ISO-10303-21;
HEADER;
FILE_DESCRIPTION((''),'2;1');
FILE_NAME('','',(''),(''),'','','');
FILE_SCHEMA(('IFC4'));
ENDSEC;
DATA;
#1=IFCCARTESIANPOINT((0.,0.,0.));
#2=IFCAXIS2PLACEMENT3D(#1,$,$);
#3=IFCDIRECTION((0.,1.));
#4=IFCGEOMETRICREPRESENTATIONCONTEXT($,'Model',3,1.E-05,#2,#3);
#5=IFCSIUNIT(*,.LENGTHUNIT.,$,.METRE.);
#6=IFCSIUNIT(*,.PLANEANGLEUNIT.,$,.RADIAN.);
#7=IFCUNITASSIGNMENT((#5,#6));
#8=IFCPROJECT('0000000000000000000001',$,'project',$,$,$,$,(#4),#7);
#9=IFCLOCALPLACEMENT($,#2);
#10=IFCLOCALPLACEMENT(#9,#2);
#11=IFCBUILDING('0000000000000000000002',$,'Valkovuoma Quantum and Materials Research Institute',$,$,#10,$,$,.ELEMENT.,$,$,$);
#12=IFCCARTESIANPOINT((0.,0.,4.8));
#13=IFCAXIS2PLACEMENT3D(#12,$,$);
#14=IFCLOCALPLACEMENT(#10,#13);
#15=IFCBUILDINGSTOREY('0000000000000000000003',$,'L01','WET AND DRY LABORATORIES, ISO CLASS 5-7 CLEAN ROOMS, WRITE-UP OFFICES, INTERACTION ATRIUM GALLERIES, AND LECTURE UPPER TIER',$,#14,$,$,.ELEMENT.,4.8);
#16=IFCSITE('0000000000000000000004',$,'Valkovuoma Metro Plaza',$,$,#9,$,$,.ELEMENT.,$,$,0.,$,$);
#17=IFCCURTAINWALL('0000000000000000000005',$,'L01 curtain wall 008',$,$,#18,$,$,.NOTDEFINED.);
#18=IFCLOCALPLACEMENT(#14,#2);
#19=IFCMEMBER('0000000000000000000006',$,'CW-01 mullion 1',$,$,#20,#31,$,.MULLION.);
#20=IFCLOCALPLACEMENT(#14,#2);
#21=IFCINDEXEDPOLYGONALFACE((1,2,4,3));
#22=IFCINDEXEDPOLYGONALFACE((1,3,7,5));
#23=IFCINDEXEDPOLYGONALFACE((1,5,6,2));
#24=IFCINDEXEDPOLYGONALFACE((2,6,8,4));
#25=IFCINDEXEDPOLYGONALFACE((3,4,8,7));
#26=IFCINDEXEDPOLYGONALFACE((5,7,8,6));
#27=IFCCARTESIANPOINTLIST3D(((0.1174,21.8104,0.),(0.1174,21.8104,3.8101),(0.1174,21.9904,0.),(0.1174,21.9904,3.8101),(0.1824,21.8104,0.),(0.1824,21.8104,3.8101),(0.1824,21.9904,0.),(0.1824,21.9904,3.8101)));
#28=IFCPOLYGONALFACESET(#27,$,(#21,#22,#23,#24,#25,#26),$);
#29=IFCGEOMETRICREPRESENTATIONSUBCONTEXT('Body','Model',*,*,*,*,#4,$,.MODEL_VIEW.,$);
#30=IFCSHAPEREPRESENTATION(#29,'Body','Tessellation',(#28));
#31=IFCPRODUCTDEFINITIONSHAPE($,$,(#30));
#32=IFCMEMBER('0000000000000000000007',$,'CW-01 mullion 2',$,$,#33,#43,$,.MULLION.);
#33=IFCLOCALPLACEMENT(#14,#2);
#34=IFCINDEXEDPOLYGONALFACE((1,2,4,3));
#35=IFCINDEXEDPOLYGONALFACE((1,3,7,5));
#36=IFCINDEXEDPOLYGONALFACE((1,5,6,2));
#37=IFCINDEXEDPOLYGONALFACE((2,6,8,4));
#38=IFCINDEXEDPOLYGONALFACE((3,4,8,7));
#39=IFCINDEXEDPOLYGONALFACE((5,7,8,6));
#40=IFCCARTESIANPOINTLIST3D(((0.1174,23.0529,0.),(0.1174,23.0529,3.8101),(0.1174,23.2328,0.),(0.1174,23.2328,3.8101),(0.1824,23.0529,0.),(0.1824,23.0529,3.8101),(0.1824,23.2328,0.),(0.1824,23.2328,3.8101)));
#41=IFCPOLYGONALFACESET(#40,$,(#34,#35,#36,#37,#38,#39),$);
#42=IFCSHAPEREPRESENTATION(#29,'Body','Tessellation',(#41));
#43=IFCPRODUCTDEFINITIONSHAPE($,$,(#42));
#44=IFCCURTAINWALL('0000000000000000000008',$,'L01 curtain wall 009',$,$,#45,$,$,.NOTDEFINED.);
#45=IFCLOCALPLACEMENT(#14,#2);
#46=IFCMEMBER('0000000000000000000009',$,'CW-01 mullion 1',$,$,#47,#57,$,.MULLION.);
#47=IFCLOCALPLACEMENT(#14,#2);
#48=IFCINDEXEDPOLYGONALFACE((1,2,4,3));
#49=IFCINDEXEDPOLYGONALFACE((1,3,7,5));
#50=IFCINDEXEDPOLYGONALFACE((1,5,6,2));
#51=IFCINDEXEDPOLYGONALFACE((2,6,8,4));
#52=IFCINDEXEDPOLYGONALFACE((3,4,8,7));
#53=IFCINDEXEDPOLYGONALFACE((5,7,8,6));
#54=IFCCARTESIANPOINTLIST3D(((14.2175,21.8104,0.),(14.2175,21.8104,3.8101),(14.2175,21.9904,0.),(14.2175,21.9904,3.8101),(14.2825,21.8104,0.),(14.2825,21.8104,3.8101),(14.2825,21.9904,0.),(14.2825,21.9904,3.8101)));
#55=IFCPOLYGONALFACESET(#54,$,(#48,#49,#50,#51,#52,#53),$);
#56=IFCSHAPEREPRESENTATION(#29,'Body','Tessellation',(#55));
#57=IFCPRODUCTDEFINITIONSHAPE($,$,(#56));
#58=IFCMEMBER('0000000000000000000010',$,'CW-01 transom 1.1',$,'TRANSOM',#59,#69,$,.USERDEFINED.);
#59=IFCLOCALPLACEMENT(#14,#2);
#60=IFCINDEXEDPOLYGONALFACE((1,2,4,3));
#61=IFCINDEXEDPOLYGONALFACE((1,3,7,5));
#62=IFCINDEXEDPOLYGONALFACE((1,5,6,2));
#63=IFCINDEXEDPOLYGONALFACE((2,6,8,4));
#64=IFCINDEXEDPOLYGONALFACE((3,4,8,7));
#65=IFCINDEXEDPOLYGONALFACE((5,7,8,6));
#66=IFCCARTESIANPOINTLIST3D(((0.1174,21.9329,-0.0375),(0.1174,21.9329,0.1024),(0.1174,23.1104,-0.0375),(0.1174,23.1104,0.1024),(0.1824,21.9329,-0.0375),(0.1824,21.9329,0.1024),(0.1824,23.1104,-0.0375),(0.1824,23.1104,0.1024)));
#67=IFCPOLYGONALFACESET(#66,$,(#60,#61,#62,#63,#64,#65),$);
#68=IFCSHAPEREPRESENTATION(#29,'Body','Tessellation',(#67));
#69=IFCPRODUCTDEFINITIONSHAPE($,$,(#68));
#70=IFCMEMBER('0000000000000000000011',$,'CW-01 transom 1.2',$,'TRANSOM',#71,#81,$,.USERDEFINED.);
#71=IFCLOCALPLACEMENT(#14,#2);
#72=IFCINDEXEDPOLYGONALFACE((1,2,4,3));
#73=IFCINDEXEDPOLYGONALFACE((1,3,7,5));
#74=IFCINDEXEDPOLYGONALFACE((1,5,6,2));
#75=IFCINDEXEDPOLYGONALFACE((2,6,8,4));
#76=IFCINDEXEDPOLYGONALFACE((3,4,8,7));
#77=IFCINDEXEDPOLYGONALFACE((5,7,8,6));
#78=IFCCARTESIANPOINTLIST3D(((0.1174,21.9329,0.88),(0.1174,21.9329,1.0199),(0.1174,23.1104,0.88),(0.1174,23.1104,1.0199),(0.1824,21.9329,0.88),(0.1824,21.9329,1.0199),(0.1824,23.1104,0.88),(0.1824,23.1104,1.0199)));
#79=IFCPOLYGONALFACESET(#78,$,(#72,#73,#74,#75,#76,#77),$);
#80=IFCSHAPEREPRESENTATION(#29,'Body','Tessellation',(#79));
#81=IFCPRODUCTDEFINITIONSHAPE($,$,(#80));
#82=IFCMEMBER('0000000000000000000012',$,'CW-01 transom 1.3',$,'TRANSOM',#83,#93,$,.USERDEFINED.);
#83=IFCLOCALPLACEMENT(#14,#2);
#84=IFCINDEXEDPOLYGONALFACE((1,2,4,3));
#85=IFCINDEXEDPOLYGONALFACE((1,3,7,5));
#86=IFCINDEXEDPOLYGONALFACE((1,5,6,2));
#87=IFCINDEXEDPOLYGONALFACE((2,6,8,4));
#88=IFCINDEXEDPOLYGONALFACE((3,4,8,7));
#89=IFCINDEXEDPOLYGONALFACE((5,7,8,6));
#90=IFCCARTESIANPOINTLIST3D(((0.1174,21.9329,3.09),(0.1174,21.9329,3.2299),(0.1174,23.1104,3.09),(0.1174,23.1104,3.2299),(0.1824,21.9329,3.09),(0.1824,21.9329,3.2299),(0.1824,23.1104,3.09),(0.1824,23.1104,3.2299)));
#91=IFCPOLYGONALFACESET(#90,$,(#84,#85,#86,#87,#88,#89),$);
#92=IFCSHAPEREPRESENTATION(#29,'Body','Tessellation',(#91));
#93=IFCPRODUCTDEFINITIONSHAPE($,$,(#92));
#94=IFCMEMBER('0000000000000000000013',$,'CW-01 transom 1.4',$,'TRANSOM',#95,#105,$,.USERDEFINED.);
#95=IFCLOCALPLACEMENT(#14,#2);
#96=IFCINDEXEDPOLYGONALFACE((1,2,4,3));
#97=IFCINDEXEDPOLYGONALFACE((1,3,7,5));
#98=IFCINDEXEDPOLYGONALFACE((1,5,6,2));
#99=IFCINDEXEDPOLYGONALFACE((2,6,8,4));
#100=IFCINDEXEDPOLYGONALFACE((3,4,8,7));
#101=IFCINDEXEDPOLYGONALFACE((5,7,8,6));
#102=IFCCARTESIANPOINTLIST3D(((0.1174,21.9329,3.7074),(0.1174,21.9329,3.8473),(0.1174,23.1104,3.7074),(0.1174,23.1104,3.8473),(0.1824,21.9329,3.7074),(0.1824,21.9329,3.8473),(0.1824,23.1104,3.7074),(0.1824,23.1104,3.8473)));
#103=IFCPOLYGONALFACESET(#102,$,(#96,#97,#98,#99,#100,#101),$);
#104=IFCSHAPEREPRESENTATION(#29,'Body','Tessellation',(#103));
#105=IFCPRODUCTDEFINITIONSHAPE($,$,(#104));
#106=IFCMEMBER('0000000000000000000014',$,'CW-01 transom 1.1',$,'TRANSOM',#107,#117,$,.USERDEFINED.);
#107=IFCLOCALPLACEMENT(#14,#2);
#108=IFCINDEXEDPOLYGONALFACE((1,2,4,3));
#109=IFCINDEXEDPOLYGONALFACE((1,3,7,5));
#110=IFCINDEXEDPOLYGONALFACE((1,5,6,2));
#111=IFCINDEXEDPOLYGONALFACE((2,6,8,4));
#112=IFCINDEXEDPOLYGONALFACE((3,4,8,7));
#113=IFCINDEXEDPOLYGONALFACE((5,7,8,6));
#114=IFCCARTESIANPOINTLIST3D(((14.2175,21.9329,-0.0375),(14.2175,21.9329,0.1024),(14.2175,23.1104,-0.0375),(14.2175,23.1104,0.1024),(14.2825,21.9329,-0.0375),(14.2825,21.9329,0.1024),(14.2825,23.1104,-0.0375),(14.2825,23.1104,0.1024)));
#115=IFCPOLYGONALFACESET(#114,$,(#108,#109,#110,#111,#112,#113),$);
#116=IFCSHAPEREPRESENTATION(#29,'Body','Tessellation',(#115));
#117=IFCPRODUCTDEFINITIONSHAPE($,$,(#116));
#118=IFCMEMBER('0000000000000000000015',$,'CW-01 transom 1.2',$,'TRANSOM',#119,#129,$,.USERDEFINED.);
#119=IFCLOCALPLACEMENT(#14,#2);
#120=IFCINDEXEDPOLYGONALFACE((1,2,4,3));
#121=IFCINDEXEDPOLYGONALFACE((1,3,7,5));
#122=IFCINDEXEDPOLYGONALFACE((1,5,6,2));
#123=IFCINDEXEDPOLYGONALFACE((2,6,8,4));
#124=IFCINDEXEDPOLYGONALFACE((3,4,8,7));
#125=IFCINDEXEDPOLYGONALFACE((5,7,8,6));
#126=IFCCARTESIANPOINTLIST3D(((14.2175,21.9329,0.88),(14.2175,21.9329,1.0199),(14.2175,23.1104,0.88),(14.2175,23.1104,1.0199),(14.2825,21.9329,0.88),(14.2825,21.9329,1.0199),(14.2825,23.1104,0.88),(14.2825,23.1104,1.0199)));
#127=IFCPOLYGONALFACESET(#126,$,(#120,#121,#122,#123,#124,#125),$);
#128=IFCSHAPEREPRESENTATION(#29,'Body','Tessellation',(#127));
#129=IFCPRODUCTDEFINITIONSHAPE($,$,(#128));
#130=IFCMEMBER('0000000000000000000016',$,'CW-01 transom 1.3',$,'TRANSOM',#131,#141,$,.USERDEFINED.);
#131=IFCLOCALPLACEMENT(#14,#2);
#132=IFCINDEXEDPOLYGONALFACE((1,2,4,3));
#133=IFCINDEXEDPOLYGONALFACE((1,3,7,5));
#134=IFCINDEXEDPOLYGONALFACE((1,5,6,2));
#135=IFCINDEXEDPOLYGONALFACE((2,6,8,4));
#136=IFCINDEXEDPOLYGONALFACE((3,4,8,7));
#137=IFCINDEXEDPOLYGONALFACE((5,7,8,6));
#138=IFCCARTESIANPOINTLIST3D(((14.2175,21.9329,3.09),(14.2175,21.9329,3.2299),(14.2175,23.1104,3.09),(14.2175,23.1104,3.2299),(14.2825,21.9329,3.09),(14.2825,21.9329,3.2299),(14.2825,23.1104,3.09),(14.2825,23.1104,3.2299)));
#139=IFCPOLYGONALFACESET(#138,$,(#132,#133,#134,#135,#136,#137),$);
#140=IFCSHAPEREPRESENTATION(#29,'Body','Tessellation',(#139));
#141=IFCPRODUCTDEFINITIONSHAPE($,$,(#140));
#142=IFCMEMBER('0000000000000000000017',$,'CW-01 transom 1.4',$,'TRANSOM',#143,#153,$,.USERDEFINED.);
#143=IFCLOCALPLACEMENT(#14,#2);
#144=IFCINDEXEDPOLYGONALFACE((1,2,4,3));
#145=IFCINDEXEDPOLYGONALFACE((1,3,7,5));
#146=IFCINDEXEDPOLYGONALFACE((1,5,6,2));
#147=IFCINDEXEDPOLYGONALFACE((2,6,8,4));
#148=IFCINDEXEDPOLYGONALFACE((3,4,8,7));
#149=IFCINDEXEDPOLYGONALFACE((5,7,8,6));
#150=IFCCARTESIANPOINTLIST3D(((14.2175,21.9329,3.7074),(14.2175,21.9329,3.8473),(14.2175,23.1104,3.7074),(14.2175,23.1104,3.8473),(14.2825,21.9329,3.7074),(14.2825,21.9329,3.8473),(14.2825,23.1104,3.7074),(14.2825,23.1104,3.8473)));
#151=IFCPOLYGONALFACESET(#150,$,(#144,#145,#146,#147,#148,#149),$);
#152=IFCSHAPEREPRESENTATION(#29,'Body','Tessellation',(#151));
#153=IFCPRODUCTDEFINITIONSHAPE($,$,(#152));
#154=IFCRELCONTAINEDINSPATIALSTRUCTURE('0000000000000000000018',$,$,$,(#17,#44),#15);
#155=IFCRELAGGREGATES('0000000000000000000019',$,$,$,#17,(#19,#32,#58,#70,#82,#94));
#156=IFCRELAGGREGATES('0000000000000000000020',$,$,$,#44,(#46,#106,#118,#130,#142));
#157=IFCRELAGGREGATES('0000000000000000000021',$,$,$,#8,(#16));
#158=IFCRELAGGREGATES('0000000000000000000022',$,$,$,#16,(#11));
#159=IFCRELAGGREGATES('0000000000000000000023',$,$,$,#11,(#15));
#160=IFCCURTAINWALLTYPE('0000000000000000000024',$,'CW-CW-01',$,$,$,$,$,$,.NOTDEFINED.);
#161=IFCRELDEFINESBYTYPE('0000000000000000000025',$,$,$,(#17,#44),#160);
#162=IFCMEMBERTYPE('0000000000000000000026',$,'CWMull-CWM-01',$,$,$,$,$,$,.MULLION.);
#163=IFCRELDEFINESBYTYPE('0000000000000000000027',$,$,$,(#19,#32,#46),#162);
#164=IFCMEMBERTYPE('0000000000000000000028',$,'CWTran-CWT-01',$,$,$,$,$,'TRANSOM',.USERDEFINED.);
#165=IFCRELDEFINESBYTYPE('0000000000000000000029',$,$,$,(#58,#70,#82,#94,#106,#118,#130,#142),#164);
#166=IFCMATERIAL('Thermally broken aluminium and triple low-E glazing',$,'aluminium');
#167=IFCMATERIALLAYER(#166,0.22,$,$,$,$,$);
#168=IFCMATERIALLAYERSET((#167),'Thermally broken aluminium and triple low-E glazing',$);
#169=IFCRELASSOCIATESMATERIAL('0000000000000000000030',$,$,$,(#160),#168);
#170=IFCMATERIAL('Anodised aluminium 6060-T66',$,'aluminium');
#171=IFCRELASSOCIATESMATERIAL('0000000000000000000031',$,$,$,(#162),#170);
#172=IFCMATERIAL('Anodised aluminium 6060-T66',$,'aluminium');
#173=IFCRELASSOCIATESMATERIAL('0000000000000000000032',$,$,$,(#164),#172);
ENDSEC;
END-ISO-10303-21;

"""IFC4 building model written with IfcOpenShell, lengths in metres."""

from ifc_helpers import new_model, si_unit, direction, frame, origin, origin_2d, place, context, subcontext, project, spatial, rectangle, extrude, material, layer, layer_set, material_profile, profile_set, type_object, element, aggregate, save


model = new_model("IFC4")

# Units and contexts
model_context = context("Model", 3, precision=1e-05, world=origin(), true_north=direction((0.0, 1.0)))
body_context = subcontext(model_context, "Body", "Model", "MODEL_VIEW")
ifc_project = project(units=[si_unit("LENGTHUNIT", "METRE"), si_unit("PLANEANGLEUNIT", "RADIAN")], contexts=[model_context])

# Site, building, storey
site_placement = place(None, origin())
site = spatial("IfcSite", under=ifc_project, at=site_placement, Name="Valkovuoma Metro Plaza", CompositionType="ELEMENT", RefElevation=0.0)
building_placement = place(site_placement, origin())
building = spatial("IfcBuilding", under=site, at=building_placement, Name="Valkovuoma Quantum and Materials Research Institute", CompositionType="ELEMENT")
storey_placement = place(building_placement, frame((0.0, 0.0, 4.8)))
storey = spatial("IfcBuildingStorey", under=building, at=storey_placement, Name="L01", Description="WET AND DRY LABORATORIES, ISO CLASS 5-7 CLEAN ROOMS, WRITE-UP OFFICES, INTERACTION ATRIUM GALLERIES, AND LECTURE UPPER TIER", CompositionType="ELEMENT", Elevation=4.8)

# Curtain wall, members
ifc_material_1 = material(Name="Thermally broken aluminium and triple low-E glazing", Category="aluminium")
ifc_layer_1 = layer(ifc_material_1, 0.22)
ifc_layer_set_1 = layer_set([ifc_layer_1], Name="Thermally broken aluminium and triple low-E glazing")
curtain_wall_type = type_object("IfcCurtainWallType", Name="CW-CW-01", PredefinedType="NOTDEFINED", material=ifc_layer_set_1)
curtain_wall_1_placement = place(storey_placement, origin())
curtain_wall_1 = element("IfcCurtainWall", 1, at=curtain_wall_1_placement, inside=storey, type_object=curtain_wall_type, Name="L01 curtain wall 008", PredefinedType="NOTDEFINED")
ifc_material_2 = material(Name="Anodised aluminium 6060-T66", Category="aluminium")
ifc_material_profile_1 = material_profile(ifc_material_2, rectangle(XDim=0.0649, YDim=0.1799, at=origin_2d()), Name="Anodised aluminium 6060-T66")
ifc_profile_set_1 = profile_set([ifc_material_profile_1], Name="Anodised aluminium 6060-T66")
member_type_1 = type_object("IfcMemberType", Name="CWMull-CWM-01", PredefinedType="MULLION", material=ifc_profile_set_1)
member_1_placement = place(storey_placement, frame((0.1499, 21.9004, 0.0), z_axis=(0.0, 0.0, 1.0), x_axis=(-1.0, 0.0, 0.0)))
member_1 = element("IfcMember", 2, at=member_1_placement, type_object=member_type_1, Name="CW-01 mullion 1", PredefinedType="MULLION", context=body_context, shape_type="SweptSolid", body=[
    extrude(rectangle(XDim=0.0649, YDim=0.1799, at=origin_2d()), origin(), (0.0, 0.0, 1.0), 3.8101),
])
member_2_placement = place(storey_placement, frame((0.1499, 23.1428, 0.0), z_axis=(0.0, 0.0, 1.0), x_axis=(-1.0, 0.0, 0.0)))
member_2 = element("IfcMember", 3, at=member_2_placement, type_object=member_type_1, Name="CW-01 mullion 2", PredefinedType="MULLION", context=body_context, shape_type="SweptSolid", body=[
    extrude(rectangle(XDim=0.0649, YDim=0.1799, at=origin_2d()), origin(), (0.0, 0.0, 1.0), 3.8101),
])

# Curtain wall, member
curtain_wall_2_placement = place(storey_placement, origin())
curtain_wall_2 = element("IfcCurtainWall", 4, at=curtain_wall_2_placement, inside=storey, type_object=curtain_wall_type, Name="L01 curtain wall 009", PredefinedType="NOTDEFINED")
member_3_placement = place(storey_placement, frame((14.25, 21.9004, 0.0), z_axis=(0.0, 0.0, 1.0), x_axis=(-1.0, 0.0, 0.0)))
member_3 = element("IfcMember", 5, at=member_3_placement, type_object=member_type_1, Name="CW-01 mullion 1", PredefinedType="MULLION", context=body_context, shape_type="SweptSolid", body=[
    extrude(rectangle(XDim=0.0649, YDim=0.1799, at=origin_2d()), origin(), (0.0, 0.0, 1.0), 3.8101),
])

# Members
ifc_material_3 = material(Name="Anodised aluminium 6060-T66", Category="aluminium")
ifc_material_profile_2 = material_profile(ifc_material_3, rectangle(XDim=0.0649, YDim=0.1399, at=origin_2d()), Name="Anodised aluminium 6060-T66")
ifc_profile_set_2 = profile_set([ifc_material_profile_2], Name="Anodised aluminium 6060-T66")
member_type_2 = type_object("IfcMemberType", Name="CWTran-CWT-01", ElementType="TRANSOM", PredefinedType="USERDEFINED", material=ifc_profile_set_2)
member_4_placement = place(storey_placement, frame((0.1499, 21.9329, 0.0325), z_axis=(0.0, 1.0, 0.0), x_axis=(-1.0, 0.0, 0.0)))
member_4 = element("IfcMember", 6, at=member_4_placement, type_object=member_type_2, Name="CW-01 transom 1.1", ObjectType="TRANSOM", PredefinedType="USERDEFINED", context=body_context, shape_type="SweptSolid", body=[
    extrude(rectangle(XDim=0.0649, YDim=0.1399, at=origin_2d()), origin(), (0.0, 0.0, 1.0), 1.1775),
])
member_5_placement = place(storey_placement, frame((0.1499, 21.9329, 0.95), z_axis=(0.0, 1.0, 0.0), x_axis=(-1.0, 0.0, 0.0)))
member_5 = element("IfcMember", 7, at=member_5_placement, type_object=member_type_2, Name="CW-01 transom 1.2", ObjectType="TRANSOM", PredefinedType="USERDEFINED", context=body_context, shape_type="SweptSolid", body=[
    extrude(rectangle(XDim=0.0649, YDim=0.1399, at=origin_2d()), origin(), (0.0, 0.0, 1.0), 1.1775),
])
member_6_placement = place(storey_placement, frame((0.1499, 21.9329, 3.1599), z_axis=(0.0, 1.0, 0.0), x_axis=(-1.0, 0.0, 0.0)))
member_6 = element("IfcMember", 8, at=member_6_placement, type_object=member_type_2, Name="CW-01 transom 1.3", ObjectType="TRANSOM", PredefinedType="USERDEFINED", context=body_context, shape_type="SweptSolid", body=[
    extrude(rectangle(XDim=0.0649, YDim=0.1399, at=origin_2d()), origin(), (0.0, 0.0, 1.0), 1.1775),
])
member_7_placement = place(storey_placement, frame((0.1499, 21.9329, 3.7773), z_axis=(0.0, 1.0, 0.0), x_axis=(-1.0, 0.0, 0.0)))
member_7 = element("IfcMember", 9, at=member_7_placement, type_object=member_type_2, Name="CW-01 transom 1.4", ObjectType="TRANSOM", PredefinedType="USERDEFINED", context=body_context, shape_type="SweptSolid", body=[
    extrude(rectangle(XDim=0.0649, YDim=0.1399, at=origin_2d()), origin(), (0.0, 0.0, 1.0), 1.1775),
])
member_8_placement = place(storey_placement, frame((14.25, 21.9329, 0.0325), z_axis=(0.0, 1.0, 0.0), x_axis=(-1.0, 0.0, 0.0)))
member_8 = element("IfcMember", 10, at=member_8_placement, type_object=member_type_2, Name="CW-01 transom 1.1", ObjectType="TRANSOM", PredefinedType="USERDEFINED", context=body_context, shape_type="SweptSolid", body=[
    extrude(rectangle(XDim=0.0649, YDim=0.1399, at=origin_2d()), origin(), (0.0, 0.0, 1.0), 1.1775),
])
member_9_placement = place(storey_placement, frame((14.25, 21.9329, 0.95), z_axis=(0.0, 1.0, 0.0), x_axis=(-1.0, 0.0, 0.0)))
member_9 = element("IfcMember", 11, at=member_9_placement, type_object=member_type_2, Name="CW-01 transom 1.2", ObjectType="TRANSOM", PredefinedType="USERDEFINED", context=body_context, shape_type="SweptSolid", body=[
    extrude(rectangle(XDim=0.0649, YDim=0.1399, at=origin_2d()), origin(), (0.0, 0.0, 1.0), 1.1775),
])
member_10_placement = place(storey_placement, frame((14.25, 21.9329, 3.1599), z_axis=(0.0, 1.0, 0.0), x_axis=(-1.0, 0.0, 0.0)))
member_10 = element("IfcMember", 12, at=member_10_placement, type_object=member_type_2, Name="CW-01 transom 1.3", ObjectType="TRANSOM", PredefinedType="USERDEFINED", context=body_context, shape_type="SweptSolid", body=[
    extrude(rectangle(XDim=0.0649, YDim=0.1399, at=origin_2d()), origin(), (0.0, 0.0, 1.0), 1.1775),
])
member_11_placement = place(storey_placement, frame((14.25, 21.9329, 3.7773), z_axis=(0.0, 1.0, 0.0), x_axis=(-1.0, 0.0, 0.0)))
member_11 = element("IfcMember", 13, at=member_11_placement, type_object=member_type_2, Name="CW-01 transom 1.4", ObjectType="TRANSOM", PredefinedType="USERDEFINED", context=body_context, shape_type="SweptSolid", body=[
    extrude(rectangle(XDim=0.0649, YDim=0.1399, at=origin_2d()), origin(), (0.0, 0.0, 1.0), 1.1775),
])

aggregate(curtain_wall_1, [member_1, member_2, member_4, member_5, member_6, member_7])
aggregate(curtain_wall_2, [member_3, member_8, member_9, member_10, member_11])

save(model, "model.ifc")
